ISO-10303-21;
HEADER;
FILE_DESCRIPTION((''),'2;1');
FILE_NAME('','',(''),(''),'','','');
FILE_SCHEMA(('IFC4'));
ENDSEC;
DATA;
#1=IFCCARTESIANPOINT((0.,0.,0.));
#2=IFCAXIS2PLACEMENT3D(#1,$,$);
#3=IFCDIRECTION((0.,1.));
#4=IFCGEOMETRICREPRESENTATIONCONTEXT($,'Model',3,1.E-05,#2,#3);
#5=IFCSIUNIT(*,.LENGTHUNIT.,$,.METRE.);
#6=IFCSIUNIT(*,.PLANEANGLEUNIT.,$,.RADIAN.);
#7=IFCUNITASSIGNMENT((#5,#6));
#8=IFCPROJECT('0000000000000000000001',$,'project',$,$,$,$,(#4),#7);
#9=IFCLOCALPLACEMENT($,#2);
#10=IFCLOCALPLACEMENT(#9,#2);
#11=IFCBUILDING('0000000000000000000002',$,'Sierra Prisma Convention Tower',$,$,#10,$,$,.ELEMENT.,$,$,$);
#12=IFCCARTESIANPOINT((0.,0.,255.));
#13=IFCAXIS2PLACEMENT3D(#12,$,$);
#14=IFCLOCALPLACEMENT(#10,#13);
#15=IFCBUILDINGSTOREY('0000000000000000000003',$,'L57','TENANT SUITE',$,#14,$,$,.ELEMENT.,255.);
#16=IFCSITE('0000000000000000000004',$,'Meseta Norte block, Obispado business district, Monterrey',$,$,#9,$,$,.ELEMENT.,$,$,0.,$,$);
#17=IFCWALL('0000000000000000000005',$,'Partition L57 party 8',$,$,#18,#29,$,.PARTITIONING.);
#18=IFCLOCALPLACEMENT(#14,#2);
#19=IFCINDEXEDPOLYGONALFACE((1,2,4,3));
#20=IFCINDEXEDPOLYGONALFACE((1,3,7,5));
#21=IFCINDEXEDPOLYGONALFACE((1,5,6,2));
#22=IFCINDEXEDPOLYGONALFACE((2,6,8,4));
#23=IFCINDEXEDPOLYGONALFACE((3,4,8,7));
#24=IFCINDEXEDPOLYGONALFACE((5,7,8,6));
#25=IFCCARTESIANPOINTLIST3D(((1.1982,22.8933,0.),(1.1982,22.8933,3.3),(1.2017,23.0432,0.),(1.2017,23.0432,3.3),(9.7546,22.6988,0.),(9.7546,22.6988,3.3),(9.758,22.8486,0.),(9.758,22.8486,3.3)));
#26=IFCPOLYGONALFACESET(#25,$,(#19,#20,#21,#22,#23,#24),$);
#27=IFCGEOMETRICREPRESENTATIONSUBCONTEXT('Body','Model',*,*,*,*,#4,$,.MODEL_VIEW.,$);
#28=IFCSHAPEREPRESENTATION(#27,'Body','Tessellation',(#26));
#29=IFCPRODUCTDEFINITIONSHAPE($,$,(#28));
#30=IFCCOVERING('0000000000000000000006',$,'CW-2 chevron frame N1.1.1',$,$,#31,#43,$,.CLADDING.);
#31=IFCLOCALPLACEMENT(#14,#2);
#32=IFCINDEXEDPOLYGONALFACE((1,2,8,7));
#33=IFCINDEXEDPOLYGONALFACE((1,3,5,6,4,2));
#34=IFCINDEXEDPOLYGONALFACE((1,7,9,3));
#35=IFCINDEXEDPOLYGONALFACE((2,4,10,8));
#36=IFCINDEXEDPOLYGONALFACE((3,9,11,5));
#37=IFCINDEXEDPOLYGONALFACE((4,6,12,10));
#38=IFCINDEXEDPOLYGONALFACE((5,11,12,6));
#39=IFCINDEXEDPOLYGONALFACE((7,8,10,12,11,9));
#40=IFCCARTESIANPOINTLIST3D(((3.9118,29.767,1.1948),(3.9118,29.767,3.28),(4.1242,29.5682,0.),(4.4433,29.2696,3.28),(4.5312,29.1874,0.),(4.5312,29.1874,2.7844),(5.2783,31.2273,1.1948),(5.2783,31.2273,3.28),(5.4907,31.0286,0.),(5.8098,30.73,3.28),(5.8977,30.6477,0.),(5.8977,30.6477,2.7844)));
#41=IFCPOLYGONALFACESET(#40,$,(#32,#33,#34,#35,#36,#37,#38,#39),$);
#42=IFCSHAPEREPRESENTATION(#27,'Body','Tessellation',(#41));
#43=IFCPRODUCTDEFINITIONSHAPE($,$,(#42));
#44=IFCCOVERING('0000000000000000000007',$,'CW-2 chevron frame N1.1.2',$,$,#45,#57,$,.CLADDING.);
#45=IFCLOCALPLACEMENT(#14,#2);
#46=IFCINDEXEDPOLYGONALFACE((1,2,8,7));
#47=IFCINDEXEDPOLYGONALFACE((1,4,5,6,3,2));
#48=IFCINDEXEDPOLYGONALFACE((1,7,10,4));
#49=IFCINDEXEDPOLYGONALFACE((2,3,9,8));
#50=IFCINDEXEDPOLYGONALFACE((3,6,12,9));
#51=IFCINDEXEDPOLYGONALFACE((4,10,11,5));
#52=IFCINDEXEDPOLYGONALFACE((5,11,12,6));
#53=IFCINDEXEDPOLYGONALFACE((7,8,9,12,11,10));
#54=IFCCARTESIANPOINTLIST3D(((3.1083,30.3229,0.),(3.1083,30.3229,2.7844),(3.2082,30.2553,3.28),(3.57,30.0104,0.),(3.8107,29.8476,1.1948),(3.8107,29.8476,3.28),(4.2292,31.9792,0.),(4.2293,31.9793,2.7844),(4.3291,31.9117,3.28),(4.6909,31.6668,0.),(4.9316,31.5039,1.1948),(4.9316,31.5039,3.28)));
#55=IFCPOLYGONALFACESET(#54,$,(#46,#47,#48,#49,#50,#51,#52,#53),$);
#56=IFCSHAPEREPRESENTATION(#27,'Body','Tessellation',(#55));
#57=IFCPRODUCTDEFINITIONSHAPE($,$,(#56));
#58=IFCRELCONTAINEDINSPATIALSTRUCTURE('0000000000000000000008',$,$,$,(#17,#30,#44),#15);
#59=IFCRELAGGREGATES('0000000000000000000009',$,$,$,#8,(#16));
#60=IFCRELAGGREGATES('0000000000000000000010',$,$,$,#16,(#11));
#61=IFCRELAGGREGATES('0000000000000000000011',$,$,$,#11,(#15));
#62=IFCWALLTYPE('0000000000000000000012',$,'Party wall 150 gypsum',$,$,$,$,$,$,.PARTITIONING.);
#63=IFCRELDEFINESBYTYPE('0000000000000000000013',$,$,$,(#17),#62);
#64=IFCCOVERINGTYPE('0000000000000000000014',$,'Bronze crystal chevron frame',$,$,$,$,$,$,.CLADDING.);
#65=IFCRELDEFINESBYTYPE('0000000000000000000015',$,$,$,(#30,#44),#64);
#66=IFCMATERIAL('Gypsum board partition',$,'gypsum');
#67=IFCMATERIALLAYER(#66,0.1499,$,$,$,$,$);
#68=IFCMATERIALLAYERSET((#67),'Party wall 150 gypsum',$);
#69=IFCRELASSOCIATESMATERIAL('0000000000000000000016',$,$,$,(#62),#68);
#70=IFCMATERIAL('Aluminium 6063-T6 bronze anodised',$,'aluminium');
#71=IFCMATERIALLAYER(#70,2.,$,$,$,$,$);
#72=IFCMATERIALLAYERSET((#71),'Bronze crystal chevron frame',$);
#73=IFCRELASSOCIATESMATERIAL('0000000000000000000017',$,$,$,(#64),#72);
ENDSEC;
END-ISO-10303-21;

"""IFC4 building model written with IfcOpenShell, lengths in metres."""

from ifc_helpers import new_model, si_unit, direction, frame, frame_2d, origin, place, context, subcontext, project, spatial, polyline, rectangle, outline, extrude, material, layer, layer_set, type_object, element, save


model = new_model("IFC4")

# Units and contexts
model_context = context("Model", 3, precision=1e-05, world=origin(), true_north=direction((0.0, 1.0)))
body_context = subcontext(model_context, "Body", "Model", "MODEL_VIEW")
ifc_project = project(units=[si_unit("LENGTHUNIT", "METRE"), si_unit("PLANEANGLEUNIT", "RADIAN")], contexts=[model_context])

# Site, building, storey
site_placement = place(None, origin())
site = spatial("IfcSite", under=ifc_project, at=site_placement, Name="Meseta Norte block, Obispado business district, Monterrey", CompositionType="ELEMENT", RefElevation=0.0)
building_placement = place(site_placement, origin())
building = spatial("IfcBuilding", under=site, at=building_placement, Name="Sierra Prisma Convention Tower", CompositionType="ELEMENT")
storey_placement = place(building_placement, frame((0.0, 0.0, 255.0)))
storey = spatial("IfcBuildingStorey", under=building, at=storey_placement, Name="L57", Description="TENANT SUITE", CompositionType="ELEMENT", Elevation=255.0)

# Wall
ifc_material_1 = material(Name="Gypsum board partition", Category="gypsum")
ifc_layer_1 = layer(ifc_material_1, 0.1499)
ifc_layer_set_1 = layer_set([ifc_layer_1], Name="Party wall 150 gypsum")
wall_type_1 = type_object("IfcWallType", Name="Party wall 150 gypsum", PredefinedType="PARTITIONING", material=ifc_layer_set_1)
wall_1_placement = place(storey_placement, frame((1.2, 22.9683, 0.0), z_axis=(0.0, 0.0, 1.0), x_axis=(0.999742, -0.022735, 0.0)))
element("IfcWall", 1, at=wall_1_placement, inside=storey, type_object=wall_type_1, Name="Partition L57 party 8", PredefinedType="PARTITIONING", context=body_context, shape_type="SweptSolid", body=[
    extrude(rectangle(XDim=8.5586, YDim=0.1499, at=frame_2d((4.2793, 0.0))), origin(), (0.0, 0.0, 1.0), 3.3),
])

# Coverings
ifc_material_2 = material(Name="Aluminium 6063-T6 bronze anodised", Category="aluminium")
ifc_layer_2 = layer(ifc_material_2, 2.0)
ifc_layer_set_2 = layer_set([ifc_layer_2], Name="Bronze crystal chevron frame")
covering_type = type_object("IfcCoveringType", Name="Bronze crystal chevron frame", PredefinedType="CLADDING", material=ifc_layer_set_2)
covering_1_placement = place(storey_placement, frame((5.8977, 30.6477, 0.0), z_axis=(0.683263, 0.730173, -0.000001), x_axis=(-0.730173, 0.683263, 0.0)))
element("IfcCovering", 2, at=covering_1_placement, inside=storey, type_object=covering_type, Name="CW-2 chevron frame N1.1.1", PredefinedType="CLADDING", context=body_context, shape_type="SweptSolid", body=[
    extrude(outline(polyline([(0.0, 0.0), (0.5574, 0.0), (0.8483, 1.1948), (0.8483, 3.28), (0.1204, 3.28), (0.0, 2.7844), (0.0, 0.0)])), origin(), (0.0, 0.0, -1.0), 2.0),
])
covering_2_placement = place(storey_placement, frame((4.9316, 31.5039, 3.28), z_axis=(0.560473, 0.828172, -0.000002), x_axis=(-0.000001, -0.000002, -1.0)))
element("IfcCovering", 3, at=covering_2_placement, inside=storey, type_object=covering_type, Name="CW-2 chevron frame N1.1.2", PredefinedType="CLADDING", context=body_context, shape_type="SweptSolid", body=[
    extrude(outline(polyline([(0.0, 0.0), (2.0852, 0.0), (3.28, 0.2906), (3.28, 0.8481), (0.4956, 0.8481), (0.0, 0.7275), (0.0, 0.0)])), origin(), (0.0, 0.0, -1.0), 2.0),
])

save(model, "model.ifc")
